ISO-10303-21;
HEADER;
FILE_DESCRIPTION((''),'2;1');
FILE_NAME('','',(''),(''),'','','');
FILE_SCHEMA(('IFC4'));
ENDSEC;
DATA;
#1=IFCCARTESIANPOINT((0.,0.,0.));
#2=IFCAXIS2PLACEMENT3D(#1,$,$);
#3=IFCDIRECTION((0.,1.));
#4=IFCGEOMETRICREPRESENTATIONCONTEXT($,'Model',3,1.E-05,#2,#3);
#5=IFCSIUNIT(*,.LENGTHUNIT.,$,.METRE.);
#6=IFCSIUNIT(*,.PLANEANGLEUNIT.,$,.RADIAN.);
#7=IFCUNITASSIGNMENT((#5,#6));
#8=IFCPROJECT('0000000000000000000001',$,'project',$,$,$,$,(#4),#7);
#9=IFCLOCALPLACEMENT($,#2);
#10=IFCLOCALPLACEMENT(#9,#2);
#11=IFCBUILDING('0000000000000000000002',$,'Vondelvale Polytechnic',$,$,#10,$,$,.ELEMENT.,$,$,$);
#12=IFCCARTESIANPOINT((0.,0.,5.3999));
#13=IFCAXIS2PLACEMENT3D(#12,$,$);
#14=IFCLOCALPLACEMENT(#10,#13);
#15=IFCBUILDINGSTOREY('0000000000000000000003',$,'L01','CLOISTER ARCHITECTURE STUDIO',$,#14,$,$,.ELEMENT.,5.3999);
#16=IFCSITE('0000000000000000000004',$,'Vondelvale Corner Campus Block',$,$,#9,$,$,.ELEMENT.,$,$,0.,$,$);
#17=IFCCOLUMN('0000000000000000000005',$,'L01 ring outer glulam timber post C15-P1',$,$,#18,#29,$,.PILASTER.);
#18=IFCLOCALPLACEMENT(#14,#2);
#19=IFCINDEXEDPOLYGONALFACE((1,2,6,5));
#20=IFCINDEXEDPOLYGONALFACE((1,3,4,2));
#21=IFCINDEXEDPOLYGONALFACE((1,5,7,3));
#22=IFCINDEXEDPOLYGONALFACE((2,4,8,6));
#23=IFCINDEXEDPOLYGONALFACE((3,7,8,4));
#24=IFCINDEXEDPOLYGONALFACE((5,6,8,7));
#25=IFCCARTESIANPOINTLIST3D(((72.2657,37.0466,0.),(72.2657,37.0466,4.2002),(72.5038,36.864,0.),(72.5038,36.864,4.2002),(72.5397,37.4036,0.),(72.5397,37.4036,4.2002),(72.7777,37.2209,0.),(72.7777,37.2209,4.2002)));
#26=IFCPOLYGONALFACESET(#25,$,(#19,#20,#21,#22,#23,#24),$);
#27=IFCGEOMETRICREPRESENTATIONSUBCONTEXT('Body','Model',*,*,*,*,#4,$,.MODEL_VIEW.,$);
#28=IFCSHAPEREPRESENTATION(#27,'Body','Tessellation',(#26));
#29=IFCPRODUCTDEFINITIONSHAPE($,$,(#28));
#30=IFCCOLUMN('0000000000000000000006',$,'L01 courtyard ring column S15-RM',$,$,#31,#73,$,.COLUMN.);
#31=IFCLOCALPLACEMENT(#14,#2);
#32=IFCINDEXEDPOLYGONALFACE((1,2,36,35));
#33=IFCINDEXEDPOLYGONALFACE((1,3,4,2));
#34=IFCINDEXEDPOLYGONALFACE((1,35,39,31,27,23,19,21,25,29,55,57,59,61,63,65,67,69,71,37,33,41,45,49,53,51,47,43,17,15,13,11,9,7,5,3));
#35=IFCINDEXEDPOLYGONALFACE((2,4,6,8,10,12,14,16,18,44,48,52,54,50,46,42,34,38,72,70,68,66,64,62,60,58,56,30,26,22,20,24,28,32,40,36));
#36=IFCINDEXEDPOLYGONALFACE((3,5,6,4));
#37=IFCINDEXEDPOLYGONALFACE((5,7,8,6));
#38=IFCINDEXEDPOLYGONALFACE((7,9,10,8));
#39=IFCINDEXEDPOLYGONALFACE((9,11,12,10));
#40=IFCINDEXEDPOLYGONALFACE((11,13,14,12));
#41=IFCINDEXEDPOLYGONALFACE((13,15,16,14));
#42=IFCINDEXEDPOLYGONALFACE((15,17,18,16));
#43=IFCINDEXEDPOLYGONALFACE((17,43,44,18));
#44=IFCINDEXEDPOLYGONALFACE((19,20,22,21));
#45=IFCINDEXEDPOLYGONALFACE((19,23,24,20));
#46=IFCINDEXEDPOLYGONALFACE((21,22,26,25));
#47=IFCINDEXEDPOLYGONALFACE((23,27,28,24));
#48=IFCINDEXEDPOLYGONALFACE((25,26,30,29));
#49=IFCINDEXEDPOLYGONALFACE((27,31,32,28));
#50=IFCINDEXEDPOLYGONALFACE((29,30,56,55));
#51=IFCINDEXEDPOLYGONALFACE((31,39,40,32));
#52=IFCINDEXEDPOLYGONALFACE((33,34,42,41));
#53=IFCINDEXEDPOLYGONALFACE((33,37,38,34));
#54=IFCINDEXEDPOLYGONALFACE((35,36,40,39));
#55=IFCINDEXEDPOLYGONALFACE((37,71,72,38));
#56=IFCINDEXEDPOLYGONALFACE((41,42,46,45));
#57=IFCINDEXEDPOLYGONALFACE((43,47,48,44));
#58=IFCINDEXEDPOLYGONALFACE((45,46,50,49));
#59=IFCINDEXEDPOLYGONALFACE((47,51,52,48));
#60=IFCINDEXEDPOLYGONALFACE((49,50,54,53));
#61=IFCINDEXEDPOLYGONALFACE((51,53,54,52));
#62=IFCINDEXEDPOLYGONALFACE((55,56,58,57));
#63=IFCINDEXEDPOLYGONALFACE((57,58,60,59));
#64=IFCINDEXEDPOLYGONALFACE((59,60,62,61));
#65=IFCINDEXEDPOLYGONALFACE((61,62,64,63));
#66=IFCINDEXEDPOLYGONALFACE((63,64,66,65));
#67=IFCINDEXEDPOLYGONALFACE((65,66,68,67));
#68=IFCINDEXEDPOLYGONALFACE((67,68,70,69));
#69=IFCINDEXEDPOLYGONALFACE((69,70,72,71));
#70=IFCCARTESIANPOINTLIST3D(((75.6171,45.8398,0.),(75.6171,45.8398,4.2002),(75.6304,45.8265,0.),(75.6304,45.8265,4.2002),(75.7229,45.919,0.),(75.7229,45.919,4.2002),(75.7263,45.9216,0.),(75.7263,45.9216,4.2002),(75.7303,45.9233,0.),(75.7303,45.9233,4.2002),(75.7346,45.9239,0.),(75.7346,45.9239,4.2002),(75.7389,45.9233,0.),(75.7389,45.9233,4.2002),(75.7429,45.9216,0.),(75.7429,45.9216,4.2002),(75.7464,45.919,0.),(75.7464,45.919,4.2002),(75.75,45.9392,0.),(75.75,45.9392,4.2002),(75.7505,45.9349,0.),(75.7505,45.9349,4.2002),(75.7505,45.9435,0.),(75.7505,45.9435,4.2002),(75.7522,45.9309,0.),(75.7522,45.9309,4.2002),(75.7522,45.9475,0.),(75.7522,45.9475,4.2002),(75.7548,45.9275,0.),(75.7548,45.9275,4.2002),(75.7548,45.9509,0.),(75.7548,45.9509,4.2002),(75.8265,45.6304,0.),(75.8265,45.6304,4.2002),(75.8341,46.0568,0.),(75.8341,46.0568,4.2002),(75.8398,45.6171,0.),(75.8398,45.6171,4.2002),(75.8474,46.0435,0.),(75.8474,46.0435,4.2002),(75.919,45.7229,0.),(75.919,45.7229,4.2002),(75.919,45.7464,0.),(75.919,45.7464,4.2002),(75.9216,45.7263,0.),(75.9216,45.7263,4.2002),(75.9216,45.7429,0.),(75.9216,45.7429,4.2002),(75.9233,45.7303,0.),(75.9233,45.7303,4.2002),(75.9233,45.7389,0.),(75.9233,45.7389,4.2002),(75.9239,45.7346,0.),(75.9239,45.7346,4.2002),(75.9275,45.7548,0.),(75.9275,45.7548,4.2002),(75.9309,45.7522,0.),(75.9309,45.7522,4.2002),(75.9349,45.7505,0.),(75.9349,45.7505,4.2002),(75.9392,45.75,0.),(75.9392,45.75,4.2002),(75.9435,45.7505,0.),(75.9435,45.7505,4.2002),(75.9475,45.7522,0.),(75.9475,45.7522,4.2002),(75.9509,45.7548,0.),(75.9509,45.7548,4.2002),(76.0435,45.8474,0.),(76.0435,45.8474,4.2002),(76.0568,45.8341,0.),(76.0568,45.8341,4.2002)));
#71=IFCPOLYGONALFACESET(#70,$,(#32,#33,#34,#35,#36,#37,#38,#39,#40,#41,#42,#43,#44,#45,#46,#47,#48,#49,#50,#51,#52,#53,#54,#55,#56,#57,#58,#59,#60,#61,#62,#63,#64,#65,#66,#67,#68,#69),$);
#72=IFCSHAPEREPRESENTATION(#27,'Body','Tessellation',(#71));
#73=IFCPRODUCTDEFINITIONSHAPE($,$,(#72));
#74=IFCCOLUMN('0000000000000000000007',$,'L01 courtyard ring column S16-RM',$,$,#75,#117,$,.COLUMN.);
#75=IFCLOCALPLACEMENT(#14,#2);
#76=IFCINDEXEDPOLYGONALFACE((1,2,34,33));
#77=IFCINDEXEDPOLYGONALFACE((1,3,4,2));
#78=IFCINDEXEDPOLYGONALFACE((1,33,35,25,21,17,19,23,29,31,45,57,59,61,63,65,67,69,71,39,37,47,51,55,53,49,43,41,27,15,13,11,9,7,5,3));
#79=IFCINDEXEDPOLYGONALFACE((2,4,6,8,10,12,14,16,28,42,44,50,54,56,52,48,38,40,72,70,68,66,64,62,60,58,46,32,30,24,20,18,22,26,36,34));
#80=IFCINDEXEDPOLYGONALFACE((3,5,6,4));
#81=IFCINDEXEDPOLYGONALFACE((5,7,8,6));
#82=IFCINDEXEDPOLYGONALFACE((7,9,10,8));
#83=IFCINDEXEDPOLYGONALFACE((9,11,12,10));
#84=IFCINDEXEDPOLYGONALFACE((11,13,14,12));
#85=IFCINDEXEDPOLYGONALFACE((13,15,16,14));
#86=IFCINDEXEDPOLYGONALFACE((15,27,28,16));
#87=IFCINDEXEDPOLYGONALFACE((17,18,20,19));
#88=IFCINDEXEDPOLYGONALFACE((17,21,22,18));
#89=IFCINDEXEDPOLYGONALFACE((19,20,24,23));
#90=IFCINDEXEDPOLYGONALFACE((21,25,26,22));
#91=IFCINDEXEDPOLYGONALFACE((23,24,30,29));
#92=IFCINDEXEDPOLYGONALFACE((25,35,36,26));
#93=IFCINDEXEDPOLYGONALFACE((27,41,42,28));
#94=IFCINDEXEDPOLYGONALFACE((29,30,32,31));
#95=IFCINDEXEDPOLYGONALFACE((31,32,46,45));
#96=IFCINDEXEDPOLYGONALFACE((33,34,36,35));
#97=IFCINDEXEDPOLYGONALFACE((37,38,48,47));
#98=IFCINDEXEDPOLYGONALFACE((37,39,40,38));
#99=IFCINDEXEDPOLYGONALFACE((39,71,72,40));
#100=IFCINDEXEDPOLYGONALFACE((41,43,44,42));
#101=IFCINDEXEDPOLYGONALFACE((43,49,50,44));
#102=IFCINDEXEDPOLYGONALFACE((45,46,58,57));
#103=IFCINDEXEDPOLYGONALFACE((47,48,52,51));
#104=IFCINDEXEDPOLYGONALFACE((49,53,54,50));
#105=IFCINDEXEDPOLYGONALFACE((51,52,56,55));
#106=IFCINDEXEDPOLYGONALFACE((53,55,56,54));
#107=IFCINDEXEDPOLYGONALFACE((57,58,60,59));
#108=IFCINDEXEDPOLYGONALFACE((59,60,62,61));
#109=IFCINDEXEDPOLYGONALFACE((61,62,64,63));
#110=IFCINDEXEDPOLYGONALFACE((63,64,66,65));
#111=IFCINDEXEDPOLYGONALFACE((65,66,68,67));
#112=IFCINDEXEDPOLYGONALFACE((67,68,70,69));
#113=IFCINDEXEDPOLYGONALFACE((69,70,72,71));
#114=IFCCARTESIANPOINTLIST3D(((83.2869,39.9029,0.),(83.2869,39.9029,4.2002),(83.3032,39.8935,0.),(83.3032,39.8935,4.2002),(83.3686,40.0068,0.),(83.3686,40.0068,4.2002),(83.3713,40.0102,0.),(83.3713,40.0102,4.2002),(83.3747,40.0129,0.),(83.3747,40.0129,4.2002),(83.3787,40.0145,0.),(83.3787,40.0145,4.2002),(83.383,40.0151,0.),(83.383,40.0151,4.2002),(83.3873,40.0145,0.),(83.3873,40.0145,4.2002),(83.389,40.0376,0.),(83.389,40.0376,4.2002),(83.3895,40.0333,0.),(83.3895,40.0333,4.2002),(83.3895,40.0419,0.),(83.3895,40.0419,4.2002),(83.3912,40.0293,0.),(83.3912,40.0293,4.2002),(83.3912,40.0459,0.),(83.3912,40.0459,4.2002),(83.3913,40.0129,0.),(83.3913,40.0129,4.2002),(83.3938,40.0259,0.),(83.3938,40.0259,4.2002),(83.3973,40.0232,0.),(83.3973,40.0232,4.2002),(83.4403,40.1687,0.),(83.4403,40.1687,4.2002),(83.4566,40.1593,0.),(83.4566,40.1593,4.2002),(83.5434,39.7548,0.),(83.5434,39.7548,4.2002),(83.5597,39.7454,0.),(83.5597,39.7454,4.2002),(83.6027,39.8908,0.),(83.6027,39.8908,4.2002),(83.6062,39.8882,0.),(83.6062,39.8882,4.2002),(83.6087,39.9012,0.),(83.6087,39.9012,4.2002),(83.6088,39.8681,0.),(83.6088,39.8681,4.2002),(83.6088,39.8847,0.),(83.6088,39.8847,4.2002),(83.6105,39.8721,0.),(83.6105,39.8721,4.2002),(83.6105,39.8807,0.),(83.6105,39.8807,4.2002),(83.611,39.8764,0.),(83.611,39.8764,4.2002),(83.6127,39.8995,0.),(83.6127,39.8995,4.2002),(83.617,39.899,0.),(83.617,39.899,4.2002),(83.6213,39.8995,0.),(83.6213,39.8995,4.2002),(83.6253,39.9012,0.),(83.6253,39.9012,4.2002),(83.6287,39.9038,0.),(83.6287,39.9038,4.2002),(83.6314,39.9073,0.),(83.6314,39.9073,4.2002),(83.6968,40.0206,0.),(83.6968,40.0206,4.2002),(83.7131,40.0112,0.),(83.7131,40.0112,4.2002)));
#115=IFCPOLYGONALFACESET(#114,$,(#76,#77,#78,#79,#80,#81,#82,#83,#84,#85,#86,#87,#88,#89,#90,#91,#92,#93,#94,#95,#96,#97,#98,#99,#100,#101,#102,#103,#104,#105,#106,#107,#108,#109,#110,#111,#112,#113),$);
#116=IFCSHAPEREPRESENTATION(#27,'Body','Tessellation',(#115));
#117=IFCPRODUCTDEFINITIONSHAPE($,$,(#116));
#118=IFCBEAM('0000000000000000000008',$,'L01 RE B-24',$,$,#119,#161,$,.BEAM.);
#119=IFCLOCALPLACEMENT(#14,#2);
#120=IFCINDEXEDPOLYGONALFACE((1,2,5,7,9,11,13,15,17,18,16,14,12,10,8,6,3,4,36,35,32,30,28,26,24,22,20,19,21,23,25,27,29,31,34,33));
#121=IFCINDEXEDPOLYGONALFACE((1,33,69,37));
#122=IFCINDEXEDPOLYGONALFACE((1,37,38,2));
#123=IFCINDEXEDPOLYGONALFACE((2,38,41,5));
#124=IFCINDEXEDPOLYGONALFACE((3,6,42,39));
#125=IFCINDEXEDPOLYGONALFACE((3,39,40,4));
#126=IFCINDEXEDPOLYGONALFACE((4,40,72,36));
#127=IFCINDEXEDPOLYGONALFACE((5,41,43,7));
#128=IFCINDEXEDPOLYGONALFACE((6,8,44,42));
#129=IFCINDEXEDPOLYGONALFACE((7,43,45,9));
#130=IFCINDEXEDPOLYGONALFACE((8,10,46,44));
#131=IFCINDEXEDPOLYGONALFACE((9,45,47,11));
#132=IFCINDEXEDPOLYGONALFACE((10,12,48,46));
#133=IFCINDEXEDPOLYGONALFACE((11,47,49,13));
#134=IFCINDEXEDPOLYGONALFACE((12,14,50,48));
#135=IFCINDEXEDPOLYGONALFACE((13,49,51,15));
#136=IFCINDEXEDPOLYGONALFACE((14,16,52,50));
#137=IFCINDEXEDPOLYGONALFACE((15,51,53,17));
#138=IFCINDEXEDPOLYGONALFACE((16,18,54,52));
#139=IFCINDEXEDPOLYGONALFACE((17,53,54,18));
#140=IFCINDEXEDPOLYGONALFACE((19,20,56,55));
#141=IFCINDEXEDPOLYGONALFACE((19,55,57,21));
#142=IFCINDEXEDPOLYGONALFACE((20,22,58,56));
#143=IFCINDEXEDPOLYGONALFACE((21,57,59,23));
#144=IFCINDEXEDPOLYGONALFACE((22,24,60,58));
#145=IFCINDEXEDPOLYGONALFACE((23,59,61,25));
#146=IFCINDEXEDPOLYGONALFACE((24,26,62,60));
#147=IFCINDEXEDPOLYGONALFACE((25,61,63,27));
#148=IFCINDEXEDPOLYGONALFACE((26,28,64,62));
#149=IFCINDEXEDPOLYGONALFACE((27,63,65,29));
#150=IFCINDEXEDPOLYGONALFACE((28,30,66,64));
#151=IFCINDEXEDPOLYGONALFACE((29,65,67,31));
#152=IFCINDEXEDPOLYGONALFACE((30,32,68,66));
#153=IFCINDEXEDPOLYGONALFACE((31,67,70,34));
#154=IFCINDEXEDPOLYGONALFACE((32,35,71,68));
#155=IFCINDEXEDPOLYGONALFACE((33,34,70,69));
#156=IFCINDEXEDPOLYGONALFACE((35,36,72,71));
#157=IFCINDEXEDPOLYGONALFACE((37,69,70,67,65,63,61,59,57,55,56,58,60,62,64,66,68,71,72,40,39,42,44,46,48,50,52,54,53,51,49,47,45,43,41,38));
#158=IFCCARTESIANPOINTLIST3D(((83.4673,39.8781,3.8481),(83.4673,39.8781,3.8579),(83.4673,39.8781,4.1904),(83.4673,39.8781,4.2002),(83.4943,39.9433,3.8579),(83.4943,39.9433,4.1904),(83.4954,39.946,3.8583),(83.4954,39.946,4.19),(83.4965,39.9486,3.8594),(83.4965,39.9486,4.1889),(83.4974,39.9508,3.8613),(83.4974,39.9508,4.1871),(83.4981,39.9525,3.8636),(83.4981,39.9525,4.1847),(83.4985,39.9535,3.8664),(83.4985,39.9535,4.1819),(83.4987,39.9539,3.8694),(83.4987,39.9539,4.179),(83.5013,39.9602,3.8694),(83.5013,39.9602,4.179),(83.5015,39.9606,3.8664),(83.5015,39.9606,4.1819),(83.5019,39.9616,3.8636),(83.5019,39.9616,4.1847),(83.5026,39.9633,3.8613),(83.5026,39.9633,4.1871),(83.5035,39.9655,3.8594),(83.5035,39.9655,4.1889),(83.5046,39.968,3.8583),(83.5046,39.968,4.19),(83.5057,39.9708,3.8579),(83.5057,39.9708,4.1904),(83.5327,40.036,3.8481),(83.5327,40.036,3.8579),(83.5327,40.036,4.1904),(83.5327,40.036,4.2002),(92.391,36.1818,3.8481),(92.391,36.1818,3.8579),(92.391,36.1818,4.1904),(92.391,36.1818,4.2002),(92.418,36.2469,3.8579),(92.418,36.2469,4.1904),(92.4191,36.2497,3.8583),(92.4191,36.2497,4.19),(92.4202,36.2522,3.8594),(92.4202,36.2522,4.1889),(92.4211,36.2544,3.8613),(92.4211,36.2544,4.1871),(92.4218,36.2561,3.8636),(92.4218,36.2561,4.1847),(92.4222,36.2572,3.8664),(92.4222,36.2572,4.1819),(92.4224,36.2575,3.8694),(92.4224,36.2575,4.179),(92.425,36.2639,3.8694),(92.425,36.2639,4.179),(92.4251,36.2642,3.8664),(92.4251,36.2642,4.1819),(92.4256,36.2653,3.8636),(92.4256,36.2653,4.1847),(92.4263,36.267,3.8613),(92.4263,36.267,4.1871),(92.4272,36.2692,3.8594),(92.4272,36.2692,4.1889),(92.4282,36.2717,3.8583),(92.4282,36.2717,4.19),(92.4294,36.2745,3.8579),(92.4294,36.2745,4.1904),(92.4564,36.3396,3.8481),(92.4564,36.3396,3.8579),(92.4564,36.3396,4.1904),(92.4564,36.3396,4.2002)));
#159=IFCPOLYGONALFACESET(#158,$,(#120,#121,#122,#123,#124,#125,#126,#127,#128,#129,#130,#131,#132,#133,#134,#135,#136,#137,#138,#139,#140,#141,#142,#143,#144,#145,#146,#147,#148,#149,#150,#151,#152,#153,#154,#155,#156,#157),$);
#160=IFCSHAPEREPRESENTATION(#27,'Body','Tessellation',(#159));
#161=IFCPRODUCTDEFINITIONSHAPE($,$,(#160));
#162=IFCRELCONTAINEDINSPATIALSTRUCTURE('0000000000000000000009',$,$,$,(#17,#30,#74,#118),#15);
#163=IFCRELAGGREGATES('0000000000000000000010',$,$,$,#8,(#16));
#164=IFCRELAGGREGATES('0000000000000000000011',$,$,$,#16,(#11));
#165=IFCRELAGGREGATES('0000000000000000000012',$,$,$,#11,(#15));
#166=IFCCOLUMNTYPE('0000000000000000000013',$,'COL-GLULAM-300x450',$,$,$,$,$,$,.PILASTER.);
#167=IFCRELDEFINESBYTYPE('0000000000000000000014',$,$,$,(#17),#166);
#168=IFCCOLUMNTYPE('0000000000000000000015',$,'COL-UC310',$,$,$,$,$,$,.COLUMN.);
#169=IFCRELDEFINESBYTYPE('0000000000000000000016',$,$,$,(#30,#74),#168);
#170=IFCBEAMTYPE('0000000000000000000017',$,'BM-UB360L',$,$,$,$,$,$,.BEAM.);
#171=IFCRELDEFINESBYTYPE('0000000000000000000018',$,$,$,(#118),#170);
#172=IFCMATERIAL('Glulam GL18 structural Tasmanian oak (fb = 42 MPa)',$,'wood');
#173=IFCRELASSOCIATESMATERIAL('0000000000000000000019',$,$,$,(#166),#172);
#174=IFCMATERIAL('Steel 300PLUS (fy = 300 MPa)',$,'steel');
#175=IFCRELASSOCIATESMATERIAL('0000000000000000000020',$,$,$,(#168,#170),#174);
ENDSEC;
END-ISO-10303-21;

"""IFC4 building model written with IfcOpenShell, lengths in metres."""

from ifc_helpers import new_model, si_unit, direction, frame, origin, origin_2d, place, context, subcontext, project, spatial, rectangle, i_section, extrude, material, material_profile, profile_set, type_object, element, save


model = new_model("IFC4")

# Units and contexts
model_context = context("Model", 3, precision=1e-05, world=origin(), true_north=direction((0.0, 1.0)))
body_context = subcontext(model_context, "Body", "Model", "MODEL_VIEW")
ifc_project = project(units=[si_unit("LENGTHUNIT", "METRE"), si_unit("PLANEANGLEUNIT", "RADIAN")], contexts=[model_context])

# Site, building, storey
site_placement = place(None, origin())
site = spatial("IfcSite", under=ifc_project, at=site_placement, Name="Vondelvale Corner Campus Block", CompositionType="ELEMENT", RefElevation=0.0)
building_placement = place(site_placement, origin())
building = spatial("IfcBuilding", under=site, at=building_placement, Name="Vondelvale Polytechnic", CompositionType="ELEMENT")
storey_placement = place(building_placement, frame((0.0, 0.0, 5.3999)))
storey = spatial("IfcBuildingStorey", under=building, at=storey_placement, Name="L01", Description="CLOISTER ARCHITECTURE STUDIO", CompositionType="ELEMENT", Elevation=5.3999)

# Columns
ifc_material_1 = material(Name="Glulam GL18 structural Tasmanian oak (fb = 42 MPa)", Category="wood")
ifc_material_profile_1 = material_profile(ifc_material_1, rectangle(XDim=0.3, YDim=0.45, at=origin_2d()), Name="GL-POST-300x450")
ifc_profile_set_1 = profile_set([ifc_material_profile_1], Name="Glulam GL18 structural Tasmanian oak (fb = 42 MPa)")
column_type_1 = type_object("IfcColumnType", Name="COL-GLULAM-300x450", PredefinedType="PILASTER", material=ifc_profile_set_1)
column_placement = place(storey_placement, frame((72.5217, 37.1338, 0.0), z_axis=(0.0, 0.0, 1.0), x_axis=(-0.793353, 0.608761, 0.0)))
element("IfcColumn", 1, at=column_placement, inside=storey, type_object=column_type_1, Name="L01 ring outer glulam timber post C15-P1", PredefinedType="PILASTER", context=body_context, shape_type="SweptSolid", body=[
    extrude(rectangle(XDim=0.3, YDim=0.45, at=origin_2d()), origin(), (0.0, 0.0, 1.0), 4.2002),
])
ifc_material_2 = material(Name="Steel 300PLUS (fy = 300 MPa)", Category="steel")
ifc_material_profile_2 = material_profile(ifc_material_2, i_section(OverallWidth=0.3069, OverallDepth=0.3149, WebThickness=0.012, FlangeThickness=0.0188, FilletRadius=0.0166, at=origin_2d()), Name="310UC118")
ifc_profile_set_2 = profile_set([ifc_material_profile_2], Name="Steel 300PLUS (fy = 300 MPa)")
column_type_2 = type_object("IfcColumnType", Name="COL-UC310", PredefinedType="COLUMN", material=ifc_profile_set_2)
for number, where, z_axis, x_axis, name in (
    (2, (75.8369, 45.8369, 0.0), (0.0, 0.0, 1.0), (0.707107, 0.707107, 0.0), "L01 courtyard ring column S15-RM"),
    (3, (83.5, 39.957, 0.0), (0.0, 0.0, 1.0), (0.5, 0.866025, 0.0), "L01 courtyard ring column S16-RM"),
):
    element("IfcColumn", number, at=place(storey_placement, frame(where, z_axis=z_axis, x_axis=x_axis)), inside=storey, type_object=column_type_2, Name=name, PredefinedType="COLUMN", context=body_context, shape_type="SweptSolid", body=[
        extrude(i_section(OverallWidth=0.3069, OverallDepth=0.3149, WebThickness=0.012, FlangeThickness=0.0188, FilletRadius=0.0166, at=origin_2d()), origin(), (0.0, 0.0, 1.0), 4.2002),
    ])

# Beam
ifc_material_profile_3 = material_profile(ifc_material_2, i_section(OverallWidth=0.1709, OverallDepth=0.3521, WebThickness=0.0068, FlangeThickness=0.0098, FilletRadius=0.0115, at=origin_2d()), Name="360UB44.7")
ifc_profile_set_3 = profile_set([ifc_material_profile_3], Name="Steel 300PLUS (fy = 300 MPa)")
beam_type_1 = type_object("IfcBeamType", Name="BM-UB360L", PredefinedType="BEAM", material=ifc_profile_set_3)
beam_1_placement = place(storey_placement, frame((83.5, 39.957, 4.0242), z_axis=(0.923879, -0.382685, 0.0), x_axis=(0.382685, 0.923879, 0.0)))
element("IfcBeam", 4, at=beam_1_placement, inside=storey, type_object=beam_type_1, Name="L01 RE B-24", PredefinedType="BEAM", context=body_context, shape_type="SweptSolid", body=[
    extrude(i_section(OverallWidth=0.1709, OverallDepth=0.3521, WebThickness=0.0068, FlangeThickness=0.0098, FilletRadius=0.0115, at=origin_2d()), origin(), (0.0, 0.0, 1.0), 9.6589),
])

save(model, "model.ifc")
